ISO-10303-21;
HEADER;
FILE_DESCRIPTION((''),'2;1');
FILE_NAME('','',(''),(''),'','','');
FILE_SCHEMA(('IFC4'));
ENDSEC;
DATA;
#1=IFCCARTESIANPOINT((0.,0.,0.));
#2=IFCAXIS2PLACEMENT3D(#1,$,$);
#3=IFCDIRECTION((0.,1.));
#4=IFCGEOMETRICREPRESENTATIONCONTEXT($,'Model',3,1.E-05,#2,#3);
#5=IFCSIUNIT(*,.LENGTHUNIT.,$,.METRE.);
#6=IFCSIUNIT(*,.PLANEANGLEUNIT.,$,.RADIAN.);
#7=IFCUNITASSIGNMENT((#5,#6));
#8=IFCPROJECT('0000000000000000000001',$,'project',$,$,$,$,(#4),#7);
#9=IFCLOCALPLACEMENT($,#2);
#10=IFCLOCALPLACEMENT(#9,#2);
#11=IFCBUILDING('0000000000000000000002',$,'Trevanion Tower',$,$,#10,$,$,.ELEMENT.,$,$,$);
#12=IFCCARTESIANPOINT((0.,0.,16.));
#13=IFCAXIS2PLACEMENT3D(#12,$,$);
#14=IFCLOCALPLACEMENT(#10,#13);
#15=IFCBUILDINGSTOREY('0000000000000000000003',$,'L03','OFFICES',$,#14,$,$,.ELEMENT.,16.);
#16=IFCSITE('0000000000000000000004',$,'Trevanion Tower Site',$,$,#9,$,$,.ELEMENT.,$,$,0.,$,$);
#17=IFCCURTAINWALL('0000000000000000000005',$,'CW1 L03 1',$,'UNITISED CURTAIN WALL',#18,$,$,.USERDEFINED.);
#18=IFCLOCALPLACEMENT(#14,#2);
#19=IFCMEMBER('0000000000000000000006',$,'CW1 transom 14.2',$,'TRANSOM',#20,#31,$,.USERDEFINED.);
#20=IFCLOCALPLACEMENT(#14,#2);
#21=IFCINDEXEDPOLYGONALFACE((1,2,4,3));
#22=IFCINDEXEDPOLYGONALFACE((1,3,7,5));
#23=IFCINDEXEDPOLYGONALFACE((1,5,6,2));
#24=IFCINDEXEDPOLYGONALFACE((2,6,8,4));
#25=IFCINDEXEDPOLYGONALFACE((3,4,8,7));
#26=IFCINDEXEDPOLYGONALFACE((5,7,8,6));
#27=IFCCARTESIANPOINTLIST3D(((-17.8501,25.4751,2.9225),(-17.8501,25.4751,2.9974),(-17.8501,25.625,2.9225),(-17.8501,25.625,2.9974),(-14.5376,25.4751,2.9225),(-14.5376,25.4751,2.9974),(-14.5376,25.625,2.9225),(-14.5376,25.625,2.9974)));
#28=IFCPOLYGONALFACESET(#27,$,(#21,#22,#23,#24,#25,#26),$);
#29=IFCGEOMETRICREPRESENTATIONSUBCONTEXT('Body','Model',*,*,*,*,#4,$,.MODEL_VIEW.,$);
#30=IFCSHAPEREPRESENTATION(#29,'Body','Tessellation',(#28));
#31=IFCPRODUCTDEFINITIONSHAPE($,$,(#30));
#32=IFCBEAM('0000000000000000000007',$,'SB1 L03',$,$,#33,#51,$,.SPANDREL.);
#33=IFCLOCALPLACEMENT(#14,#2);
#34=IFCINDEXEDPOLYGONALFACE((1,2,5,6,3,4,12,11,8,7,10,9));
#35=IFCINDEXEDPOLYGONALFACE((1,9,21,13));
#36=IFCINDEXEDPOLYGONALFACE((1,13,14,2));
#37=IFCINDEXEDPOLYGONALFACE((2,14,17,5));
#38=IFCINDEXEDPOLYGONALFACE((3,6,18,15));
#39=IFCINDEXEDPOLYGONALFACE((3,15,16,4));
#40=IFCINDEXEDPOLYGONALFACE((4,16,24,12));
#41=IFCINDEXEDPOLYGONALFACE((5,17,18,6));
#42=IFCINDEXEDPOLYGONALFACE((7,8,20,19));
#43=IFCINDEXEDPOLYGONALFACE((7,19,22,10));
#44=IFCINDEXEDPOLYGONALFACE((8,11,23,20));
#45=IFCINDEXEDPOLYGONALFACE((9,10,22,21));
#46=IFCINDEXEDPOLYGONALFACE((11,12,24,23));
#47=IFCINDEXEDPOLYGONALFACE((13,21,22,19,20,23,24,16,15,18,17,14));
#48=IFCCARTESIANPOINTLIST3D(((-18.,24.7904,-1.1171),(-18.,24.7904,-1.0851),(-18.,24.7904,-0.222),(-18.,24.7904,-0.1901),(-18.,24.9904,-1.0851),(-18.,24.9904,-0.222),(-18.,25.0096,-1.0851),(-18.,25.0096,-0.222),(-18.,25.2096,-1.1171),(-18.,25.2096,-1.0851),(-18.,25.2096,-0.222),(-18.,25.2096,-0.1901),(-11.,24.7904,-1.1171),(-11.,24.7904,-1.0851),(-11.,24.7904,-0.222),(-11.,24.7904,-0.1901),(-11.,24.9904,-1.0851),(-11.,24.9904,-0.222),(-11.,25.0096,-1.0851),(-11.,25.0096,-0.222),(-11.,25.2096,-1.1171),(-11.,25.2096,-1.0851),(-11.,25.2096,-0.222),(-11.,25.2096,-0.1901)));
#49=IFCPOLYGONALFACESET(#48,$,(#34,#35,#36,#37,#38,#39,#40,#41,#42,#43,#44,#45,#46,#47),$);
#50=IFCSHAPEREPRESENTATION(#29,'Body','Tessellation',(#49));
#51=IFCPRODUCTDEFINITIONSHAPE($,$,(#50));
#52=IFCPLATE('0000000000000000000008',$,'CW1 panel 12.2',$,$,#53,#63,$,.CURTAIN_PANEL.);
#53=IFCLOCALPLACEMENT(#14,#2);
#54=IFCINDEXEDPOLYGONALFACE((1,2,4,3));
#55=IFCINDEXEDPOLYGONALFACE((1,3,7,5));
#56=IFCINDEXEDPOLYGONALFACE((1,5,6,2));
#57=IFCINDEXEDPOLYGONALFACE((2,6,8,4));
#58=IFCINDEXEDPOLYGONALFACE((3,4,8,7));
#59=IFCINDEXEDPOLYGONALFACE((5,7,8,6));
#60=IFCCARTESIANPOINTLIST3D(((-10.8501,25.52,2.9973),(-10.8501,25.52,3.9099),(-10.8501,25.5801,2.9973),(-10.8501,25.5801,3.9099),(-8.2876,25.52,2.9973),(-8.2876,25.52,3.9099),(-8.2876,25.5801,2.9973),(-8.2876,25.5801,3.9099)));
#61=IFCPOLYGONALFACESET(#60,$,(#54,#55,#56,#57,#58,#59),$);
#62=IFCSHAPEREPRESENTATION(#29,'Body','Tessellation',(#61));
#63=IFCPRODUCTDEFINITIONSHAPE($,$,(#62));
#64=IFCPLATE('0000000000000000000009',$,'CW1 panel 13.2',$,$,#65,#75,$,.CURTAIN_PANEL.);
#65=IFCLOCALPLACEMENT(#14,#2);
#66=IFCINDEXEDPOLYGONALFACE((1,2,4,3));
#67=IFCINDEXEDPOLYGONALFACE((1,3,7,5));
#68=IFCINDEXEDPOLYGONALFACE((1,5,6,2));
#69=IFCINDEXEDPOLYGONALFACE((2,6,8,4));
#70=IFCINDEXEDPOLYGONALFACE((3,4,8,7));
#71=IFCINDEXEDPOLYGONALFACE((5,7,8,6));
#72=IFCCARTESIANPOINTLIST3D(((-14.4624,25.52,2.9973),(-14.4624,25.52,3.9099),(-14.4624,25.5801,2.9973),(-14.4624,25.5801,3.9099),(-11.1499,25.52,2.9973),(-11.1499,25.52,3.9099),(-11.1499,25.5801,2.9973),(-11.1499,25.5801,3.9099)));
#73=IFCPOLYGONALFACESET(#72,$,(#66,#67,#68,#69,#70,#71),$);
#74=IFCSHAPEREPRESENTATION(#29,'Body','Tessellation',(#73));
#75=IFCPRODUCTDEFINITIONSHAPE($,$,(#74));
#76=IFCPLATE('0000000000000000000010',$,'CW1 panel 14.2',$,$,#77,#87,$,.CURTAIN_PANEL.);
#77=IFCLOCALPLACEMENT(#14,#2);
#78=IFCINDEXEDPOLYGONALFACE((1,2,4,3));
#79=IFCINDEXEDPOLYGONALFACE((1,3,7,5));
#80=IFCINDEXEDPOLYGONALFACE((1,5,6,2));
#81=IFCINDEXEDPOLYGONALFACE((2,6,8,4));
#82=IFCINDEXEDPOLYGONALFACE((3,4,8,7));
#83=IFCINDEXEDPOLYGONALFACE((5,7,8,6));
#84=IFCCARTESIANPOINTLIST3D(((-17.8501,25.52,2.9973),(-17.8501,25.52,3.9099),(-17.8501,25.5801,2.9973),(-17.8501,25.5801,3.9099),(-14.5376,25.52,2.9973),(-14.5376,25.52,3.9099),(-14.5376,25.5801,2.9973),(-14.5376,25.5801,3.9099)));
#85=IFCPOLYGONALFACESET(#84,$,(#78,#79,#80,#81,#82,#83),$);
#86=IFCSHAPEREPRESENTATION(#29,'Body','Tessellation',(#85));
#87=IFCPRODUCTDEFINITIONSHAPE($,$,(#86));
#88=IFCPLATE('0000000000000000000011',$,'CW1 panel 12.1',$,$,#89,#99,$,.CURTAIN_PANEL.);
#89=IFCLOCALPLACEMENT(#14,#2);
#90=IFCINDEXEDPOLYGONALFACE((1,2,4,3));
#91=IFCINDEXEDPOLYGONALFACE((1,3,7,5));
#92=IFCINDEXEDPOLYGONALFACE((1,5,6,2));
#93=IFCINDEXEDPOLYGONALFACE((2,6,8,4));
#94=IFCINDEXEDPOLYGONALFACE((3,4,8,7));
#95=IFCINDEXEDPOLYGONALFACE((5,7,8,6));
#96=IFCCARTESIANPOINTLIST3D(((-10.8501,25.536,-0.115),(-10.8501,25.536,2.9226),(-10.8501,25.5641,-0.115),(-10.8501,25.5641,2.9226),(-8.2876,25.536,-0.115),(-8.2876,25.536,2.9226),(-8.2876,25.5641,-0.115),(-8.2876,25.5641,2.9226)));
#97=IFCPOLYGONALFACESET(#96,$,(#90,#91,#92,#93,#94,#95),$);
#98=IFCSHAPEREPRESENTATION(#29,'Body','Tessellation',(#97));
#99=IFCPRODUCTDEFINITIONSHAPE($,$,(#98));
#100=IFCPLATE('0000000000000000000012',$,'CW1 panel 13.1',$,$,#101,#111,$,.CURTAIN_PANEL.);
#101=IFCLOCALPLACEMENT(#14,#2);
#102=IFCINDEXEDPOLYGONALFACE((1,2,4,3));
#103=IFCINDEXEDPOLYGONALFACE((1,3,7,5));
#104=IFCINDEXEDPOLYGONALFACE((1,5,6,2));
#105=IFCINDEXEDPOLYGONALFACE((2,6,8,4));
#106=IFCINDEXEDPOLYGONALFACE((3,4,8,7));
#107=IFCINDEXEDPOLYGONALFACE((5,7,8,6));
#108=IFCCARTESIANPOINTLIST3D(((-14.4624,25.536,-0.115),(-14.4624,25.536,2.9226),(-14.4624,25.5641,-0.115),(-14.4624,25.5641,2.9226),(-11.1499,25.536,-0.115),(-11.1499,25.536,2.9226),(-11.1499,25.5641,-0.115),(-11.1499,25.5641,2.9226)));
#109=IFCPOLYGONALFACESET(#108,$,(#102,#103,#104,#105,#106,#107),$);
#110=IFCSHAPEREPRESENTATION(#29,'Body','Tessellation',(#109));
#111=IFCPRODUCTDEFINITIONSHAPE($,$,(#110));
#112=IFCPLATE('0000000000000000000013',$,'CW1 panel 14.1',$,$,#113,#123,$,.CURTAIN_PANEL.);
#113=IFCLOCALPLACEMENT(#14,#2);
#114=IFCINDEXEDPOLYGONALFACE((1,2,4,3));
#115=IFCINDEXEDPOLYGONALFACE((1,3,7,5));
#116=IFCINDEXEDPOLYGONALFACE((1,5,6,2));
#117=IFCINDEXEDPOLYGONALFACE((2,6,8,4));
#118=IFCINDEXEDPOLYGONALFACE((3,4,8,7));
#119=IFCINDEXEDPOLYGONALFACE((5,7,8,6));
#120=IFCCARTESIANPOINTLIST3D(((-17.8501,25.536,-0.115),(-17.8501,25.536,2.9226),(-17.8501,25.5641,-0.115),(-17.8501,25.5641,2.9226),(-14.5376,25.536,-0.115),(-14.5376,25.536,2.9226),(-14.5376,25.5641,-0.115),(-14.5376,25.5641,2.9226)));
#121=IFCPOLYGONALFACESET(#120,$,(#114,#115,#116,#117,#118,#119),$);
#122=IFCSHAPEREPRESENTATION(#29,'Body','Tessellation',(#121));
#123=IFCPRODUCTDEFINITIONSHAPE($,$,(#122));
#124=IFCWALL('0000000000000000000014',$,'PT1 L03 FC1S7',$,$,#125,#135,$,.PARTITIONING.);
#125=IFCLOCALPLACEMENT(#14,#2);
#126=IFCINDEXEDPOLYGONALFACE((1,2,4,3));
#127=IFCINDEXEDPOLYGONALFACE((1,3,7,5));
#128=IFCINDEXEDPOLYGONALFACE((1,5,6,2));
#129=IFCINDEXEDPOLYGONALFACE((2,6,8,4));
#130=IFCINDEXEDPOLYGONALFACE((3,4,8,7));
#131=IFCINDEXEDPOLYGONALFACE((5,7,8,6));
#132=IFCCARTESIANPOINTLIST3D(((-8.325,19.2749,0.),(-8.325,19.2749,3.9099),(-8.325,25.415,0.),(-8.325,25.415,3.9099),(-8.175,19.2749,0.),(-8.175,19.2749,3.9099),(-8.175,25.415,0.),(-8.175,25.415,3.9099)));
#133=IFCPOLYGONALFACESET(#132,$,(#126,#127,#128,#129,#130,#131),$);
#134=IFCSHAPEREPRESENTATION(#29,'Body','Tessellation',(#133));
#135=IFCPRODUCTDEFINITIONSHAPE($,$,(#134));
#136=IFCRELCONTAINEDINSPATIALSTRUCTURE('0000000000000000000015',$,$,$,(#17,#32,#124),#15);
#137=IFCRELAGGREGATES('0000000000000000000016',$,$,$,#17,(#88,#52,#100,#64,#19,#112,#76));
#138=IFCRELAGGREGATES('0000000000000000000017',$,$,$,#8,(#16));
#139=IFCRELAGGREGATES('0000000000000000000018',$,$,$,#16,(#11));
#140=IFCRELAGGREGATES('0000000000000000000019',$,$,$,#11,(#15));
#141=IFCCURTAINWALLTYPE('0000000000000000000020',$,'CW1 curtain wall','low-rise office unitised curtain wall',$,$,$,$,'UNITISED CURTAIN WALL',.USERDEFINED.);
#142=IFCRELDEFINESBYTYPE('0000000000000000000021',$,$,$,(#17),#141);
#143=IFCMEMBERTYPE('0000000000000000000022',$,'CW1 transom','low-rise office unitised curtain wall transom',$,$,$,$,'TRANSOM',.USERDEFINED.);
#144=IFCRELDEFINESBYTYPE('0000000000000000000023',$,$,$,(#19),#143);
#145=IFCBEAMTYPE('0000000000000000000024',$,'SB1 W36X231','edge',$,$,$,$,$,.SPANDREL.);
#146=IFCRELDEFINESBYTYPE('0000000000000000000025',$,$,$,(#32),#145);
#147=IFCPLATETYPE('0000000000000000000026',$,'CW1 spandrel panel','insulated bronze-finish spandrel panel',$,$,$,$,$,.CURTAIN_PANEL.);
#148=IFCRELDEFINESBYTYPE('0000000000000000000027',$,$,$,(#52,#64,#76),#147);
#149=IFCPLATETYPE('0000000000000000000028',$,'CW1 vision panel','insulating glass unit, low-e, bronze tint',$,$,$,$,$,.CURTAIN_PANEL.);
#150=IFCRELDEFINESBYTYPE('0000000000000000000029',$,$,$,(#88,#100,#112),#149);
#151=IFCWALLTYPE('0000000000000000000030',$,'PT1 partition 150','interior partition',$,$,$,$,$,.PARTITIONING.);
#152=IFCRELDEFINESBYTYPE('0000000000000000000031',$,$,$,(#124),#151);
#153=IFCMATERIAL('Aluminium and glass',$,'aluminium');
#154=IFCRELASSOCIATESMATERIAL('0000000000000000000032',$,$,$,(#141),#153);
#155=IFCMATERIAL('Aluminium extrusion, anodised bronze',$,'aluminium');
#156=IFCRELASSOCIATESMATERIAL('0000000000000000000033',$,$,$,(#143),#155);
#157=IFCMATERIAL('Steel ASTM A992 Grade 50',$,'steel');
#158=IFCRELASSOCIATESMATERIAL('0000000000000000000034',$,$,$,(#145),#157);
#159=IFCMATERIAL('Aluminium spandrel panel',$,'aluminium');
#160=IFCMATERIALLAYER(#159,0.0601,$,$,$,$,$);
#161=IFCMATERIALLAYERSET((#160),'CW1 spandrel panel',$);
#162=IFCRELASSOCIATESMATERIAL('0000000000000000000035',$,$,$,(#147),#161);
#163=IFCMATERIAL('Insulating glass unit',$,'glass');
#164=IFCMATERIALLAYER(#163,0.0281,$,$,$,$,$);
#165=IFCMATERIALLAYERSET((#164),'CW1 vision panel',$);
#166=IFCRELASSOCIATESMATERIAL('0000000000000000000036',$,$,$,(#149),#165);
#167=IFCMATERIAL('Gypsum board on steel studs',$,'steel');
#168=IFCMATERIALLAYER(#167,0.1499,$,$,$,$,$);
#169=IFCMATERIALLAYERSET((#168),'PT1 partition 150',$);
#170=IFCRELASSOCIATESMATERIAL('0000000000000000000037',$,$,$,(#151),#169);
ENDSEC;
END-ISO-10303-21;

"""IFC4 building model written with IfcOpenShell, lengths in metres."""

from ifc_helpers import new_model, si_unit, direction, frame, frame_2d, origin, origin_2d, place, context, subcontext, project, spatial, rectangle, i_section, extrude, material, layer, layer_set, material_profile, profile_set, type_object, element, aggregate, save


model = new_model("IFC4")

# Units and contexts
model_context = context("Model", 3, precision=1e-05, world=origin(), true_north=direction((0.0, 1.0)))
body_context = subcontext(model_context, "Body", "Model", "MODEL_VIEW")
ifc_project = project(units=[si_unit("LENGTHUNIT", "METRE"), si_unit("PLANEANGLEUNIT", "RADIAN")], contexts=[model_context])

# Site, building, storey
site_placement = place(None, origin())
site = spatial("IfcSite", under=ifc_project, at=site_placement, Name="Trevanion Tower Site", CompositionType="ELEMENT", RefElevation=0.0)
building_placement = place(site_placement, origin())
building = spatial("IfcBuilding", under=site, at=building_placement, Name="Trevanion Tower", CompositionType="ELEMENT")
storey_placement = place(building_placement, frame((0.0, 0.0, 16.0)))
storey = spatial("IfcBuildingStorey", under=building, at=storey_placement, Name="L03", Description="OFFICES", CompositionType="ELEMENT", Elevation=16.0)

# Curtain wall, member
ifc_material_1 = material(Name="Aluminium and glass", Category="aluminium")
curtain_wall_type = type_object("IfcCurtainWallType", Name="CW1 curtain wall", Description="low-rise office unitised curtain wall", ElementType="UNITISED CURTAIN WALL", PredefinedType="USERDEFINED", material=ifc_material_1)
curtain_wall_placement = place(storey_placement, origin())
curtain_wall = element("IfcCurtainWall", 1, at=curtain_wall_placement, inside=storey, type_object=curtain_wall_type, Name="CW1 L03 1", ObjectType="UNITISED CURTAIN WALL", PredefinedType="USERDEFINED")
ifc_material_2 = material(Name="Aluminium extrusion, anodised bronze", Category="aluminium")
ifc_material_profile_1 = material_profile(ifc_material_2, rectangle(XDim=0.1499, YDim=0.075, at=origin_2d()), Name="CW1 transom")
ifc_profile_set_1 = profile_set([ifc_material_profile_1], Name="Aluminium extrusion, anodised bronze")
member_type_1 = type_object("IfcMemberType", Name="CW1 transom", Description="low-rise office unitised curtain wall transom", ElementType="TRANSOM", PredefinedType="USERDEFINED", material=ifc_profile_set_1)
member_1_placement = place(storey_placement, frame((-14.5376, 25.55, 2.96), z_axis=(-1.0, 0.0, 0.0), x_axis=(0.0, -1.0, 0.0)))
member_1 = element("IfcMember", 2, at=member_1_placement, type_object=member_type_1, Name="CW1 transom 14.2", ObjectType="TRANSOM", PredefinedType="USERDEFINED", context=body_context, shape_type="SweptSolid", body=[
    extrude(rectangle(XDim=0.1499, YDim=0.075, at=origin_2d()), origin(), (0.0, 0.0, 1.0), 3.3125),
])

# Beam
ifc_material_3 = material(Name="Steel ASTM A992 Grade 50", Category="steel")
ifc_material_profile_2 = material_profile(ifc_material_3, i_section(OverallWidth=0.4192, OverallDepth=0.927, WebThickness=0.0193, FlangeThickness=0.032, at=origin_2d()), Name="W36X231")
ifc_profile_set_2 = profile_set([ifc_material_profile_2], Name="Steel ASTM A992 Grade 50")
beam_type_1 = type_object("IfcBeamType", Name="SB1 W36X231", Description="edge", PredefinedType="SPANDREL", material=ifc_profile_set_2)
beam_placement = place(storey_placement, frame((-11.0, 25.0, -0.6536), z_axis=(-1.0, 0.0, 0.0), x_axis=(0.0, -1.0, 0.0)))
element("IfcBeam", 3, at=beam_placement, inside=storey, type_object=beam_type_1, Name="SB1 L03", PredefinedType="SPANDREL", context=body_context, shape_type="SweptSolid", body=[
    extrude(i_section(OverallWidth=0.4192, OverallDepth=0.927, WebThickness=0.0193, FlangeThickness=0.032, at=origin_2d()), origin(), (0.0, 0.0, 1.0), 7.0),
])

# Plates
ifc_material_4 = material(Name="Aluminium spandrel panel", Category="aluminium")
ifc_layer_1 = layer(ifc_material_4, 0.0601)
ifc_layer_set_1 = layer_set([ifc_layer_1], Name="CW1 spandrel panel")
plate_type_1 = type_object("IfcPlateType", Name="CW1 spandrel panel", Description="insulated bronze-finish spandrel panel", PredefinedType="CURTAIN_PANEL", material=ifc_layer_set_1)
plate_1_placement = place(storey_placement, frame((-9.5688, 25.55, 2.9973), z_axis=(0.0, 0.0, 1.0), x_axis=(-1.0, 0.0, 0.0)))
plate_1 = element("IfcPlate", 4, at=plate_1_placement, type_object=plate_type_1, Name="CW1 panel 12.2", PredefinedType="CURTAIN_PANEL", context=body_context, shape_type="SweptSolid", body=[
    extrude(rectangle(XDim=2.5625, YDim=0.0601, at=origin_2d()), origin(), (0.0, 0.0, 1.0), 0.9126),
])
plate_2_placement = place(storey_placement, frame((-12.8062, 25.55, 2.9973), z_axis=(0.0, 0.0, 1.0), x_axis=(-1.0, 0.0, 0.0)))
plate_2 = element("IfcPlate", 5, at=plate_2_placement, type_object=plate_type_1, Name="CW1 panel 13.2", PredefinedType="CURTAIN_PANEL", context=body_context, shape_type="SweptSolid", body=[
    extrude(rectangle(XDim=3.3125, YDim=0.0601, at=origin_2d()), origin(), (0.0, 0.0, 1.0), 0.9126),
])
plate_3_placement = place(storey_placement, frame((-16.1938, 25.55, 2.9973), z_axis=(0.0, 0.0, 1.0), x_axis=(-1.0, 0.0, 0.0)))
plate_3 = element("IfcPlate", 6, at=plate_3_placement, type_object=plate_type_1, Name="CW1 panel 14.2", PredefinedType="CURTAIN_PANEL", context=body_context, shape_type="SweptSolid", body=[
    extrude(rectangle(XDim=3.3125, YDim=0.0601, at=origin_2d()), origin(), (0.0, 0.0, 1.0), 0.9126),
])
ifc_material_5 = material(Name="Insulating glass unit", Category="glass")
ifc_layer_2 = layer(ifc_material_5, 0.0281)
ifc_layer_set_2 = layer_set([ifc_layer_2], Name="CW1 vision panel")
plate_type_2 = type_object("IfcPlateType", Name="CW1 vision panel", Description="insulating glass unit, low-e, bronze tint", PredefinedType="CURTAIN_PANEL", material=ifc_layer_set_2)
plate_4_placement = place(storey_placement, frame((-9.5688, 25.55, -0.115), z_axis=(0.0, 0.0, 1.0), x_axis=(-1.0, 0.0, 0.0)))
plate_4 = element("IfcPlate", 7, at=plate_4_placement, type_object=plate_type_2, Name="CW1 panel 12.1", PredefinedType="CURTAIN_PANEL", context=body_context, shape_type="SweptSolid", body=[
    extrude(rectangle(XDim=2.5625, YDim=0.0281, at=origin_2d()), origin(), (0.0, 0.0, 1.0), 3.0376),
])
plate_5_placement = place(storey_placement, frame((-12.8062, 25.55, -0.115), z_axis=(0.0, 0.0, 1.0), x_axis=(-1.0, 0.0, 0.0)))
plate_5 = element("IfcPlate", 8, at=plate_5_placement, type_object=plate_type_2, Name="CW1 panel 13.1", PredefinedType="CURTAIN_PANEL", context=body_context, shape_type="SweptSolid", body=[
    extrude(rectangle(XDim=3.3125, YDim=0.0281, at=origin_2d()), origin(), (0.0, 0.0, 1.0), 3.0376),
])
plate_6_placement = place(storey_placement, frame((-16.1938, 25.55, -0.115), z_axis=(0.0, 0.0, 1.0), x_axis=(-1.0, 0.0, 0.0)))
plate_6 = element("IfcPlate", 9, at=plate_6_placement, type_object=plate_type_2, Name="CW1 panel 14.1", PredefinedType="CURTAIN_PANEL", context=body_context, shape_type="SweptSolid", body=[
    extrude(rectangle(XDim=3.3125, YDim=0.0281, at=origin_2d()), origin(), (0.0, 0.0, 1.0), 3.0376),
])
aggregate(curtain_wall, [plate_4, plate_1, plate_5, plate_2, member_1, plate_6, plate_3])

# Wall
ifc_material_6 = material(Name="Gypsum board on steel studs", Category="steel")
ifc_layer_3 = layer(ifc_material_6, 0.1499)
ifc_layer_set_3 = layer_set([ifc_layer_3], Name="PT1 partition 150")
wall_type = type_object("IfcWallType", Name="PT1 partition 150", Description="interior partition", PredefinedType="PARTITIONING", material=ifc_layer_set_3)
wall_placement = place(storey_placement, frame((-8.25, 19.2749, 0.0), z_axis=(0.0, 0.0, 1.0), x_axis=(0.0, 1.0, 0.0)))
element("IfcWall", 10, at=wall_placement, inside=storey, type_object=wall_type, Name="PT1 L03 FC1S7", PredefinedType="PARTITIONING", context=body_context, shape_type="SweptSolid", body=[
    extrude(rectangle(XDim=6.1401, YDim=0.1499, at=frame_2d((3.0701, 0.0))), origin(), (0.0, 0.0, 1.0), 3.9099),
])

save(model, "model.ifc")
